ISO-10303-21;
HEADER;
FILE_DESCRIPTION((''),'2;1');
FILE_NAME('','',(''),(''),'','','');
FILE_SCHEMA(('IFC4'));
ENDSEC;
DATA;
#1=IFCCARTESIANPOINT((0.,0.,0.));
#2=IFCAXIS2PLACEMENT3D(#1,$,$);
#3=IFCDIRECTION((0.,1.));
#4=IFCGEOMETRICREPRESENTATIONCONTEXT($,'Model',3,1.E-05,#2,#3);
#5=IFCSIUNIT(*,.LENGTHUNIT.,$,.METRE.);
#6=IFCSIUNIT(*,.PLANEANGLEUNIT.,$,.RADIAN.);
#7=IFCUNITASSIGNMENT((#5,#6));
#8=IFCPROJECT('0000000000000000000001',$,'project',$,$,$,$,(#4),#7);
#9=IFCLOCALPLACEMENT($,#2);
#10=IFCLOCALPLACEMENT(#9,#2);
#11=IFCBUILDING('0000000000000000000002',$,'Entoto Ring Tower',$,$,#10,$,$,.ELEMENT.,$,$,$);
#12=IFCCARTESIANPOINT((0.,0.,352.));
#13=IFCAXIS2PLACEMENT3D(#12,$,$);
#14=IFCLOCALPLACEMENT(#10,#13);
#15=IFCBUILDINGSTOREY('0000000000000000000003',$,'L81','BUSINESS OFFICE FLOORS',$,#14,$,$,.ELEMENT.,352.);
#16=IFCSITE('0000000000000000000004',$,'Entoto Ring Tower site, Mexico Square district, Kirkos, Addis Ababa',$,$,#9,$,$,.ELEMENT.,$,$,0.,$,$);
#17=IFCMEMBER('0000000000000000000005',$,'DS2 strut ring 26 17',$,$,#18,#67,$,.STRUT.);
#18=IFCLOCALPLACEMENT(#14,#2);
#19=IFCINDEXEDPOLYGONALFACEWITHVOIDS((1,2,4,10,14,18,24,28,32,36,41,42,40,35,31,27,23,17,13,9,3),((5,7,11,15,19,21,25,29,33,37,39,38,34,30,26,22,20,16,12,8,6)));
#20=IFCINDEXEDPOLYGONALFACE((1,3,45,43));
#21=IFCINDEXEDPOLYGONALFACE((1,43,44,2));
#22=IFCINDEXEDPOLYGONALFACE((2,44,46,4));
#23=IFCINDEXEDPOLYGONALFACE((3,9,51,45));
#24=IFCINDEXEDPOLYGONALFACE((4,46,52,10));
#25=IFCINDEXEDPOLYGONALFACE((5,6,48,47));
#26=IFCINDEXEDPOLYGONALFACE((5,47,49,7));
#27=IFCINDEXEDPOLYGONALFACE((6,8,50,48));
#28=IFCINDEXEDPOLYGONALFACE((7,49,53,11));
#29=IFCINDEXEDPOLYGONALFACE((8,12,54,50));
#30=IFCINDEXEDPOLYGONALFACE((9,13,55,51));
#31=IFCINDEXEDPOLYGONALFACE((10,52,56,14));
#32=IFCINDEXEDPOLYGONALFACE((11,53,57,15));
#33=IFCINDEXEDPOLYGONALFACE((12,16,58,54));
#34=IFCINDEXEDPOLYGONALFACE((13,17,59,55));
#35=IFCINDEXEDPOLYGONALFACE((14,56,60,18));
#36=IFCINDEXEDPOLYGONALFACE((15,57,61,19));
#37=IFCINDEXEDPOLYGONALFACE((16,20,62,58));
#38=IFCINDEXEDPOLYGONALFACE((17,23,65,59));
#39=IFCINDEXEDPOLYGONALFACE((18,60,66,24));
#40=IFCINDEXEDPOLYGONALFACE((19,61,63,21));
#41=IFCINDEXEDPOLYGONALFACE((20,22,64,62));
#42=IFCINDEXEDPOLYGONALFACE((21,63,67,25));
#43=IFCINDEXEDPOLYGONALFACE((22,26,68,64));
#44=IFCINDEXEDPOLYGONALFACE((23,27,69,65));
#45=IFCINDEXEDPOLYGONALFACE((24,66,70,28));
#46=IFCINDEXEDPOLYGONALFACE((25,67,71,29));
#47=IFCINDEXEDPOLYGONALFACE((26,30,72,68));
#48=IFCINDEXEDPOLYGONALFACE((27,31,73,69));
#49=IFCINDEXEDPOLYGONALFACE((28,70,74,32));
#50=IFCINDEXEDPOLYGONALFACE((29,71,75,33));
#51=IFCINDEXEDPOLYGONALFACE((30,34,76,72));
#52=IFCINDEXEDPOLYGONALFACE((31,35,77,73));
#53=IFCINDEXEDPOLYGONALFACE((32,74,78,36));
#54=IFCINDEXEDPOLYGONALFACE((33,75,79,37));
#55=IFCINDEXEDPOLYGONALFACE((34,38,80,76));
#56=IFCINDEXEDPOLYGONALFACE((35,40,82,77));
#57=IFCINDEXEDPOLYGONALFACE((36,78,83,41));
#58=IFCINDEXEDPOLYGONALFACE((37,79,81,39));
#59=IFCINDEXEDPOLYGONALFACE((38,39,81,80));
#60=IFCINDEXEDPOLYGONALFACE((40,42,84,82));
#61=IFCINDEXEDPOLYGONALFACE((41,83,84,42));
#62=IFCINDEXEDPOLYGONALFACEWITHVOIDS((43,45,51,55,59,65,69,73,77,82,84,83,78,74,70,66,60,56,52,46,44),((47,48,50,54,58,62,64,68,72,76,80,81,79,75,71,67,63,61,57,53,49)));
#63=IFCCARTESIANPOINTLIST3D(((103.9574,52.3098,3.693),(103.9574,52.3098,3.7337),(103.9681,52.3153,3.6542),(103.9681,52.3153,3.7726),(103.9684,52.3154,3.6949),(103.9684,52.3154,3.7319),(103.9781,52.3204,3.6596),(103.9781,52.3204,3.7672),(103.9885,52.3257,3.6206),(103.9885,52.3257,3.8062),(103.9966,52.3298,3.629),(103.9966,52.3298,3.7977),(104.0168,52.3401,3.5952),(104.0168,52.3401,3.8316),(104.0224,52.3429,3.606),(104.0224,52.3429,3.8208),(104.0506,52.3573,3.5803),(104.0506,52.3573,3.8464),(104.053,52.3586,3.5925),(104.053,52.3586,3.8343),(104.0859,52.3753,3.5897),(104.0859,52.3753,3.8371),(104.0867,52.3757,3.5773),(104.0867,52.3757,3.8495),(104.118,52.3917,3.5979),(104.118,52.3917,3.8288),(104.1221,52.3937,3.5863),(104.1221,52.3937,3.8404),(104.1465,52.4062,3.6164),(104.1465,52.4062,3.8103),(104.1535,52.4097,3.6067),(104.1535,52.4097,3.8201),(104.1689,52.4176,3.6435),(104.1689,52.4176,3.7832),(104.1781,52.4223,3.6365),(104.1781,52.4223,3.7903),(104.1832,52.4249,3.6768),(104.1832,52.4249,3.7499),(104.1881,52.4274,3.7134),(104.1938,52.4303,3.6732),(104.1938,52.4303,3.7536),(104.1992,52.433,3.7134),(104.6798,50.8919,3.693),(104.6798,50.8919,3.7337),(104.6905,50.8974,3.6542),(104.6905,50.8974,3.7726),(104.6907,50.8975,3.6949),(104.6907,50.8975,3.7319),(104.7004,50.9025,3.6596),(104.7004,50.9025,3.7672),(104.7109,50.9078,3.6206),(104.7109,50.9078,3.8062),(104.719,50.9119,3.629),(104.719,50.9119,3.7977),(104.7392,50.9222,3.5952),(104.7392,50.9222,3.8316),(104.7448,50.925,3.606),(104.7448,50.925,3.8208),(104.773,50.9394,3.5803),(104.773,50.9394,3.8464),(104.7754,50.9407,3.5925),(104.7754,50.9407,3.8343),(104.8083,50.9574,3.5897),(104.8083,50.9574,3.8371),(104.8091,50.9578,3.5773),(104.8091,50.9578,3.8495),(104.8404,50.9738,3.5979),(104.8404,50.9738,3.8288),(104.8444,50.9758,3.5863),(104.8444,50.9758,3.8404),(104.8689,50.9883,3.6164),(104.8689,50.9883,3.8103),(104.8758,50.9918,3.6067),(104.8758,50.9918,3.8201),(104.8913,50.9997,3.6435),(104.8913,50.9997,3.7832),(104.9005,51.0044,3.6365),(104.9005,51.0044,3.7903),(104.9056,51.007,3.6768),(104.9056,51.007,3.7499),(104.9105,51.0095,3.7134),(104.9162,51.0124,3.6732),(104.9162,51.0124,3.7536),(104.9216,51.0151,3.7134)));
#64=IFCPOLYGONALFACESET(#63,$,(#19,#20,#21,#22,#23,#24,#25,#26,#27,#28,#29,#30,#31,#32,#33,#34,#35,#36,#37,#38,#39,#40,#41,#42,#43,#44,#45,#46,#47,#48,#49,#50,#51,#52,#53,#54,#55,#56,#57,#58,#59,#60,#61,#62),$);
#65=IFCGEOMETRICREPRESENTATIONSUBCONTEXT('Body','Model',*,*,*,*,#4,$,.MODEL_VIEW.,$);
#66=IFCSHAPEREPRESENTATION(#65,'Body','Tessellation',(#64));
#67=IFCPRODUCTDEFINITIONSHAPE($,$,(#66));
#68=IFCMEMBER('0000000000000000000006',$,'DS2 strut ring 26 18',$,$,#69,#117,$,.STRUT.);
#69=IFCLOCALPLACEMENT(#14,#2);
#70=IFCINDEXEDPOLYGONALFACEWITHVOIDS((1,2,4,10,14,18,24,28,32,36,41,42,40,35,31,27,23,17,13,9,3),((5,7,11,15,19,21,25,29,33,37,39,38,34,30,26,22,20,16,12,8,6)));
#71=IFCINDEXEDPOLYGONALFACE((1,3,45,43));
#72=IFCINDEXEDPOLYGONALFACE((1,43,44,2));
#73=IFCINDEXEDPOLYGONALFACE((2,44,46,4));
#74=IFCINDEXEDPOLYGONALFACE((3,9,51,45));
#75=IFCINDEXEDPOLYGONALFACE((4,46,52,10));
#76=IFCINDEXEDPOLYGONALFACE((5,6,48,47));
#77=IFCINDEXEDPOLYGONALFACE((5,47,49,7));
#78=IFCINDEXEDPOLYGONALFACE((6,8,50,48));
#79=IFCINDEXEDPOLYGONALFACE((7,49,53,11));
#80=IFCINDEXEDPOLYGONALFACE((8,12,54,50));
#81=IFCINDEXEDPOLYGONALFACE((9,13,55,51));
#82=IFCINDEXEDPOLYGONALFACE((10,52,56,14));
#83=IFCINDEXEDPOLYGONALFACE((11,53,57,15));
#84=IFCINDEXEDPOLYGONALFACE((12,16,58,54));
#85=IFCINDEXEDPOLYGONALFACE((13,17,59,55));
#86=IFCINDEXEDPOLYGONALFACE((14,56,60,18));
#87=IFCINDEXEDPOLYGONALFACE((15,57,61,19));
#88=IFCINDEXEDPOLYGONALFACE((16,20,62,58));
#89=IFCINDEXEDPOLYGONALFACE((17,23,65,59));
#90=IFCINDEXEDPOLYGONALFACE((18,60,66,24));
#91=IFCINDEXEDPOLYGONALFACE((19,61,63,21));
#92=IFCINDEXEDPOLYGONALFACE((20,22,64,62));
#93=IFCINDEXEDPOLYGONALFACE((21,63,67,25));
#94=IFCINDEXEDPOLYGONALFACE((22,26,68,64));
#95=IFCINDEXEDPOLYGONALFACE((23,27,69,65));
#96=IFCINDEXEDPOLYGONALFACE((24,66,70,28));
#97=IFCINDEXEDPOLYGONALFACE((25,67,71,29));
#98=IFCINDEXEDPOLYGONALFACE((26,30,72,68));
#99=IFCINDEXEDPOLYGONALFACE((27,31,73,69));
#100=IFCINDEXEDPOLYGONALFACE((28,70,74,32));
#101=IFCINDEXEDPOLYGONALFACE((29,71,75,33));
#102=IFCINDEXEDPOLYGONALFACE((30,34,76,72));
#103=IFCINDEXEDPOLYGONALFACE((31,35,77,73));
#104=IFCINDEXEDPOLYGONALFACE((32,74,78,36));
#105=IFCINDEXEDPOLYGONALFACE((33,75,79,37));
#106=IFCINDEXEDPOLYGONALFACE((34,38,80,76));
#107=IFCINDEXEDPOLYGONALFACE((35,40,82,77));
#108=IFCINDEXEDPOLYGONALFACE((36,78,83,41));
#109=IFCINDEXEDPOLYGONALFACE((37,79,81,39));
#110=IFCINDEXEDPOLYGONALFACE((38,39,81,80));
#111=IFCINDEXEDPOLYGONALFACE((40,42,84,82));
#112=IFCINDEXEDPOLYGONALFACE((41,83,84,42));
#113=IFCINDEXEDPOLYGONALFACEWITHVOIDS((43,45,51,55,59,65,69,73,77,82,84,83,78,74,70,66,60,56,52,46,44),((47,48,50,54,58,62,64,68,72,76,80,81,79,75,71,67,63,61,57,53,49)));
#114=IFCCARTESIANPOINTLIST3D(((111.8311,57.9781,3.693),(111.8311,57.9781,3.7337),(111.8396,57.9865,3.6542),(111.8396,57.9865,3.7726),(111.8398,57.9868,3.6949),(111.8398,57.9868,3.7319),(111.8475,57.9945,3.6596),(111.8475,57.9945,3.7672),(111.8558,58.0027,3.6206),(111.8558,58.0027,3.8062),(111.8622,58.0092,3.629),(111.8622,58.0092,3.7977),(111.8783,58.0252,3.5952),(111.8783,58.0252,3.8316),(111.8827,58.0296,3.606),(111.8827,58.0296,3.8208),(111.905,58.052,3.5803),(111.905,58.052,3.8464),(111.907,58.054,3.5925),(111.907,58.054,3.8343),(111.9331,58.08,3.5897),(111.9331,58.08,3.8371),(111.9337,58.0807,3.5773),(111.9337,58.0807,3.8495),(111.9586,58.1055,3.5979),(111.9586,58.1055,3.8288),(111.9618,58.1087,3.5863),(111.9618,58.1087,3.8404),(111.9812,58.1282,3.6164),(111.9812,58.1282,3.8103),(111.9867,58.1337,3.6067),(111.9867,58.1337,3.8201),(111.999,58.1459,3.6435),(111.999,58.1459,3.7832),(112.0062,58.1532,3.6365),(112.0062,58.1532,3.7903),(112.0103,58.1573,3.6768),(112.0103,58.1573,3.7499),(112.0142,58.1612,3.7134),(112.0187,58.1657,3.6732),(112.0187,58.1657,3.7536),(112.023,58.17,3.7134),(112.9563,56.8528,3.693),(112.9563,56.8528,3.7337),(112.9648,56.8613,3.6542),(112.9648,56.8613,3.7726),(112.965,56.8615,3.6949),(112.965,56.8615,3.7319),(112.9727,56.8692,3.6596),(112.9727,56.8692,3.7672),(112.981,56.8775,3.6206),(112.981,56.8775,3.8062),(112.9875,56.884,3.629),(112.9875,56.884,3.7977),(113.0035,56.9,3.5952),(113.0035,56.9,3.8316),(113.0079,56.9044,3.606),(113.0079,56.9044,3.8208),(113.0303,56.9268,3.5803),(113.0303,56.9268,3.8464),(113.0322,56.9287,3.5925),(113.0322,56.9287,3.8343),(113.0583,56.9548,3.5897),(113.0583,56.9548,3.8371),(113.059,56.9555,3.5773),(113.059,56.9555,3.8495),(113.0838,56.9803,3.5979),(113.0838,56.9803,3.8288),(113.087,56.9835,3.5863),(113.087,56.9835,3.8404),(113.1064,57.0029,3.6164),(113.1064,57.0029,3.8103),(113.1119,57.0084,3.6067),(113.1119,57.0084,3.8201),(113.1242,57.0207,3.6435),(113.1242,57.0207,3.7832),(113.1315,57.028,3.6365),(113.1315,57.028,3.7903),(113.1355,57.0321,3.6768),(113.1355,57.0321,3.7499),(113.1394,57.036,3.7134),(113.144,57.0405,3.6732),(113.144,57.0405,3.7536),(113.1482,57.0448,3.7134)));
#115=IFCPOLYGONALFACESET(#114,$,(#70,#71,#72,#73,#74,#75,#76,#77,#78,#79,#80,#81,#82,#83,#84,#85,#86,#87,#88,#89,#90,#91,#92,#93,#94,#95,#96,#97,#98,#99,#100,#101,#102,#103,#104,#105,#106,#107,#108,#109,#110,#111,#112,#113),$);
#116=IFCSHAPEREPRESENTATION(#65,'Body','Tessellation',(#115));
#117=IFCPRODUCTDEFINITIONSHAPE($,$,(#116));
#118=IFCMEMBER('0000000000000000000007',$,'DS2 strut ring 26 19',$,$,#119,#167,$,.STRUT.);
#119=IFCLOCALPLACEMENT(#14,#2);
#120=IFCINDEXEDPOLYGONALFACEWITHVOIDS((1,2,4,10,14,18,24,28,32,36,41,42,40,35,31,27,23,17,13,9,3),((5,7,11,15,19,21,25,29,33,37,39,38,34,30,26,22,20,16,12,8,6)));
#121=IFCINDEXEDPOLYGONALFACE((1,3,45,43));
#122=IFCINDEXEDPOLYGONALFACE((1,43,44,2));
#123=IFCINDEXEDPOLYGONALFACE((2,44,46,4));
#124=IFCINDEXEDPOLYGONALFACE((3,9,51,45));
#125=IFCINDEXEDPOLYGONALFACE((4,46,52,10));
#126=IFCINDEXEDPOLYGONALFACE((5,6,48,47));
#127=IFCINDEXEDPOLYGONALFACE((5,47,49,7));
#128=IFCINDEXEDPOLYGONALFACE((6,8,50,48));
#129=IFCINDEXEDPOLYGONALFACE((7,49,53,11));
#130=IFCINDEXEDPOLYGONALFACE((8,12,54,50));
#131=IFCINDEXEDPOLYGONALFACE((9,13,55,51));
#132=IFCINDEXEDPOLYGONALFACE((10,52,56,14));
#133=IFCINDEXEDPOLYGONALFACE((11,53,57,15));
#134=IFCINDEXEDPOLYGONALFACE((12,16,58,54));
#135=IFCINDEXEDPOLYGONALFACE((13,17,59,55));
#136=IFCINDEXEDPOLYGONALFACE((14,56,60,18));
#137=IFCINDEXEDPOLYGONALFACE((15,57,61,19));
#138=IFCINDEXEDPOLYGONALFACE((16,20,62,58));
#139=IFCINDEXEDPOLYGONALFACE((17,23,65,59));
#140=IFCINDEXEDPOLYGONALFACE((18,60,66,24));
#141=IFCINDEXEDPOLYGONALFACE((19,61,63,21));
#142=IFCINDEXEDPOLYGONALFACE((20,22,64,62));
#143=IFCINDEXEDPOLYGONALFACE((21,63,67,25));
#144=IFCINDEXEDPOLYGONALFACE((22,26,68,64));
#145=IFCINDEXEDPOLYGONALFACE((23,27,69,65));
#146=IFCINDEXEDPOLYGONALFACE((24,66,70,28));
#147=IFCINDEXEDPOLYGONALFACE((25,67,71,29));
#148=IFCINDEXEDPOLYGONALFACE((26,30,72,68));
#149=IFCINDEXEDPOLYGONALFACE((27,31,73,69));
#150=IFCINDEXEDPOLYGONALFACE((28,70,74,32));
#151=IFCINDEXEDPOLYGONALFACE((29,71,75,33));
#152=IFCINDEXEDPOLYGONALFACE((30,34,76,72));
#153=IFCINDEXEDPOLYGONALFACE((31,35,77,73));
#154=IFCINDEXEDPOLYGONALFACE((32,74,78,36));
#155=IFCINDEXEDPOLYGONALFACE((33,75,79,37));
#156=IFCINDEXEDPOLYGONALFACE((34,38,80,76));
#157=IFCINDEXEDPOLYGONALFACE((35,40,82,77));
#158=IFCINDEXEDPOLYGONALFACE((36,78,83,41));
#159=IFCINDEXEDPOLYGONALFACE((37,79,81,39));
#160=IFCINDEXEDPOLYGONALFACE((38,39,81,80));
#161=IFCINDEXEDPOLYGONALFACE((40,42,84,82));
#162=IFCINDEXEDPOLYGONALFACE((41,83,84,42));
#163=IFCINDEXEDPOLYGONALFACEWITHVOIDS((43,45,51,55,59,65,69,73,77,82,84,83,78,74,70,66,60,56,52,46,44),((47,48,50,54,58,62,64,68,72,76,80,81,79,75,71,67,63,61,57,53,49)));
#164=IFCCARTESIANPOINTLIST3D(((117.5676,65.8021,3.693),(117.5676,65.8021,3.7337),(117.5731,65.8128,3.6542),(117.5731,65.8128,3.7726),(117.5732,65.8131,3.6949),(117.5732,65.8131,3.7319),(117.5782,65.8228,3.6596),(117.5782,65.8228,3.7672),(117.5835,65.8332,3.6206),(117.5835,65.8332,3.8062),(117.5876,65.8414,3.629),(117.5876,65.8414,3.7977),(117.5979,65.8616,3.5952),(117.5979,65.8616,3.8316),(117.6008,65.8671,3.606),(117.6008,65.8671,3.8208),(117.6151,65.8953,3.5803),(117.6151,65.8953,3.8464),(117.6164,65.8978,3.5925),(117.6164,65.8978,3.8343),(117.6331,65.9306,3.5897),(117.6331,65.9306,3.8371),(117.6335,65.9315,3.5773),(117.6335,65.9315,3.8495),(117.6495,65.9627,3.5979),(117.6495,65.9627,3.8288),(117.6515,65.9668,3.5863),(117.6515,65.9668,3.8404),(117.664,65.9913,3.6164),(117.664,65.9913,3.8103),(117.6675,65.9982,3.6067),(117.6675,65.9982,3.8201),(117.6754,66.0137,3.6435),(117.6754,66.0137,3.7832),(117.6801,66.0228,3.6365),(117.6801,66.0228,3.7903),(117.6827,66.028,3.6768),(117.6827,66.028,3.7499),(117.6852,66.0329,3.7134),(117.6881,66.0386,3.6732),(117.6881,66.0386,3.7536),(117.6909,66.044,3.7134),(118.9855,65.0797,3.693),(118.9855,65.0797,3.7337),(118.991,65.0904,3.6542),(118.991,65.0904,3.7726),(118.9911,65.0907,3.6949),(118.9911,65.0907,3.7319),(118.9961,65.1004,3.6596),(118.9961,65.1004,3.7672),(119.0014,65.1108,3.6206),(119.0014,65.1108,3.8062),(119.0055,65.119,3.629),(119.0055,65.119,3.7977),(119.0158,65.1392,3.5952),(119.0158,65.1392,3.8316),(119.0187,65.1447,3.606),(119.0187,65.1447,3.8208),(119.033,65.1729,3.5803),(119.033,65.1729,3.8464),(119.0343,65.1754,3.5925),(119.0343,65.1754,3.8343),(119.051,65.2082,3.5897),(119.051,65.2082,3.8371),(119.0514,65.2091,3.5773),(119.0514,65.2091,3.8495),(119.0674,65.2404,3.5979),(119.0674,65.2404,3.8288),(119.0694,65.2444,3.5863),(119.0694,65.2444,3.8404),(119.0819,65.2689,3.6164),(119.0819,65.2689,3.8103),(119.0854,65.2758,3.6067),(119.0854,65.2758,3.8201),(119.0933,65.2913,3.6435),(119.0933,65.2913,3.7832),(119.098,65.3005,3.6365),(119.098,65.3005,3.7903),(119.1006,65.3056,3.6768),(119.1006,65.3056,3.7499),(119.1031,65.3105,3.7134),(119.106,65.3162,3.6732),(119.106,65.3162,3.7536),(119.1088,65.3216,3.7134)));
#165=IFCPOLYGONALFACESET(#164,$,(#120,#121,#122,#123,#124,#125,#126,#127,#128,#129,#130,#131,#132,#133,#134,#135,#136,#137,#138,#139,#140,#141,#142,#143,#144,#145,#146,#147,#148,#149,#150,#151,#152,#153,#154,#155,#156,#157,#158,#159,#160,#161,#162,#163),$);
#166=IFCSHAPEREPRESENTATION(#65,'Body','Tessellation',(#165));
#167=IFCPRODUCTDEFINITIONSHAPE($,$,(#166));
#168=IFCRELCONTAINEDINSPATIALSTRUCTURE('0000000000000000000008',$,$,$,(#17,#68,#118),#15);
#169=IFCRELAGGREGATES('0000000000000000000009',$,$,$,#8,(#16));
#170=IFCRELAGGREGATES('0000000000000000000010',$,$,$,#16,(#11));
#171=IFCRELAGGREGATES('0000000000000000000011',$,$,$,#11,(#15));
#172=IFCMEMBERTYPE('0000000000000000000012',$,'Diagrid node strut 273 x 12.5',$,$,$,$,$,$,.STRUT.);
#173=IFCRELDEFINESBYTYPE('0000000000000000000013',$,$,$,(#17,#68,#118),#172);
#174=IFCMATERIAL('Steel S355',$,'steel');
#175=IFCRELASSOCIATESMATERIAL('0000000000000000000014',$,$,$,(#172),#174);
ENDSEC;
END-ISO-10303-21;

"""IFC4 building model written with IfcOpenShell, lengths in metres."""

from ifc_helpers import new_model, si_unit, direction, frame, origin, origin_2d, place, context, subcontext, project, spatial, circle, hollow_circle, extrude, material, material_profile, profile_set, type_object, element, save


model = new_model("IFC4")

# Units and contexts
model_context = context("Model", 3, precision=1e-05, world=origin(), true_north=direction((0.0, 1.0)))
body_context = subcontext(model_context, "Body", "Model", "MODEL_VIEW")
ifc_project = project(units=[si_unit("LENGTHUNIT", "METRE"), si_unit("PLANEANGLEUNIT", "RADIAN")], contexts=[model_context])

# Site, building, storey
site_placement = place(None, origin())
site = spatial("IfcSite", under=ifc_project, at=site_placement, Name="Entoto Ring Tower site, Mexico Square district, Kirkos, Addis Ababa", CompositionType="ELEMENT", RefElevation=0.0)
building_placement = place(site_placement, origin())
building = spatial("IfcBuilding", under=site, at=building_placement, Name="Entoto Ring Tower", CompositionType="ELEMENT")
storey_placement = place(building_placement, frame((0.0, 0.0, 352.0)))
storey = spatial("IfcBuildingStorey", under=building, at=storey_placement, Name="L81", Description="BUSINESS OFFICE FLOORS", CompositionType="ELEMENT", Elevation=352.0)

# Members
ifc_material_1 = material(Name="Steel S355", Category="steel")
ifc_material_profile_1 = material_profile(ifc_material_1, hollow_circle(Radius=0.1365, WallThickness=0.0125, at=origin_2d()), Name="CHS 273 x 12.5")
ifc_material_2 = material(Name="Concrete C60/75", Category="concrete")
ifc_material_profile_2 = material_profile(ifc_material_2, circle(Radius=0.124, at=origin_2d()), Name="Concrete C60/75 infill")
ifc_profile_set_1 = profile_set([ifc_material_profile_1, ifc_material_profile_2], Name="Steel S355")
member_type = type_object("IfcMemberType", Name="Diagrid node strut 273 x 12.5", PredefinedType="STRUT", material=ifc_profile_set_1)
for number, where, z_axis, x_axis, name in (
    (1, (104.0776, 52.3711, 3.7134), (0.453951, -0.891027, 0.0), (0.891027, 0.453951, 0.0), "DS2 strut ring 26 17"),
    (2, (111.9265, 58.0735, 3.7134), (0.707107, -0.707107, 0.0), (0.707107, 0.707107, 0.0), "DS2 strut ring 26 18"),
    (3, (117.6289, 65.9224, 3.7134), (0.891027, -0.453951, 0.0), (0.453951, 0.891027, 0.0), "DS2 strut ring 26 19"),
):
    element("IfcMember", number, at=place(storey_placement, frame(where, z_axis=z_axis, x_axis=x_axis)), inside=storey, type_object=member_type, Name=name, PredefinedType="STRUT", context=body_context, shape_type="SweptSolid", body=[
        extrude(hollow_circle(Radius=0.1365, WallThickness=0.0125, at=origin_2d()), origin(), (0.0, 0.0, 1.0), 1.5913),
    ])

save(model, "model.ifc")
